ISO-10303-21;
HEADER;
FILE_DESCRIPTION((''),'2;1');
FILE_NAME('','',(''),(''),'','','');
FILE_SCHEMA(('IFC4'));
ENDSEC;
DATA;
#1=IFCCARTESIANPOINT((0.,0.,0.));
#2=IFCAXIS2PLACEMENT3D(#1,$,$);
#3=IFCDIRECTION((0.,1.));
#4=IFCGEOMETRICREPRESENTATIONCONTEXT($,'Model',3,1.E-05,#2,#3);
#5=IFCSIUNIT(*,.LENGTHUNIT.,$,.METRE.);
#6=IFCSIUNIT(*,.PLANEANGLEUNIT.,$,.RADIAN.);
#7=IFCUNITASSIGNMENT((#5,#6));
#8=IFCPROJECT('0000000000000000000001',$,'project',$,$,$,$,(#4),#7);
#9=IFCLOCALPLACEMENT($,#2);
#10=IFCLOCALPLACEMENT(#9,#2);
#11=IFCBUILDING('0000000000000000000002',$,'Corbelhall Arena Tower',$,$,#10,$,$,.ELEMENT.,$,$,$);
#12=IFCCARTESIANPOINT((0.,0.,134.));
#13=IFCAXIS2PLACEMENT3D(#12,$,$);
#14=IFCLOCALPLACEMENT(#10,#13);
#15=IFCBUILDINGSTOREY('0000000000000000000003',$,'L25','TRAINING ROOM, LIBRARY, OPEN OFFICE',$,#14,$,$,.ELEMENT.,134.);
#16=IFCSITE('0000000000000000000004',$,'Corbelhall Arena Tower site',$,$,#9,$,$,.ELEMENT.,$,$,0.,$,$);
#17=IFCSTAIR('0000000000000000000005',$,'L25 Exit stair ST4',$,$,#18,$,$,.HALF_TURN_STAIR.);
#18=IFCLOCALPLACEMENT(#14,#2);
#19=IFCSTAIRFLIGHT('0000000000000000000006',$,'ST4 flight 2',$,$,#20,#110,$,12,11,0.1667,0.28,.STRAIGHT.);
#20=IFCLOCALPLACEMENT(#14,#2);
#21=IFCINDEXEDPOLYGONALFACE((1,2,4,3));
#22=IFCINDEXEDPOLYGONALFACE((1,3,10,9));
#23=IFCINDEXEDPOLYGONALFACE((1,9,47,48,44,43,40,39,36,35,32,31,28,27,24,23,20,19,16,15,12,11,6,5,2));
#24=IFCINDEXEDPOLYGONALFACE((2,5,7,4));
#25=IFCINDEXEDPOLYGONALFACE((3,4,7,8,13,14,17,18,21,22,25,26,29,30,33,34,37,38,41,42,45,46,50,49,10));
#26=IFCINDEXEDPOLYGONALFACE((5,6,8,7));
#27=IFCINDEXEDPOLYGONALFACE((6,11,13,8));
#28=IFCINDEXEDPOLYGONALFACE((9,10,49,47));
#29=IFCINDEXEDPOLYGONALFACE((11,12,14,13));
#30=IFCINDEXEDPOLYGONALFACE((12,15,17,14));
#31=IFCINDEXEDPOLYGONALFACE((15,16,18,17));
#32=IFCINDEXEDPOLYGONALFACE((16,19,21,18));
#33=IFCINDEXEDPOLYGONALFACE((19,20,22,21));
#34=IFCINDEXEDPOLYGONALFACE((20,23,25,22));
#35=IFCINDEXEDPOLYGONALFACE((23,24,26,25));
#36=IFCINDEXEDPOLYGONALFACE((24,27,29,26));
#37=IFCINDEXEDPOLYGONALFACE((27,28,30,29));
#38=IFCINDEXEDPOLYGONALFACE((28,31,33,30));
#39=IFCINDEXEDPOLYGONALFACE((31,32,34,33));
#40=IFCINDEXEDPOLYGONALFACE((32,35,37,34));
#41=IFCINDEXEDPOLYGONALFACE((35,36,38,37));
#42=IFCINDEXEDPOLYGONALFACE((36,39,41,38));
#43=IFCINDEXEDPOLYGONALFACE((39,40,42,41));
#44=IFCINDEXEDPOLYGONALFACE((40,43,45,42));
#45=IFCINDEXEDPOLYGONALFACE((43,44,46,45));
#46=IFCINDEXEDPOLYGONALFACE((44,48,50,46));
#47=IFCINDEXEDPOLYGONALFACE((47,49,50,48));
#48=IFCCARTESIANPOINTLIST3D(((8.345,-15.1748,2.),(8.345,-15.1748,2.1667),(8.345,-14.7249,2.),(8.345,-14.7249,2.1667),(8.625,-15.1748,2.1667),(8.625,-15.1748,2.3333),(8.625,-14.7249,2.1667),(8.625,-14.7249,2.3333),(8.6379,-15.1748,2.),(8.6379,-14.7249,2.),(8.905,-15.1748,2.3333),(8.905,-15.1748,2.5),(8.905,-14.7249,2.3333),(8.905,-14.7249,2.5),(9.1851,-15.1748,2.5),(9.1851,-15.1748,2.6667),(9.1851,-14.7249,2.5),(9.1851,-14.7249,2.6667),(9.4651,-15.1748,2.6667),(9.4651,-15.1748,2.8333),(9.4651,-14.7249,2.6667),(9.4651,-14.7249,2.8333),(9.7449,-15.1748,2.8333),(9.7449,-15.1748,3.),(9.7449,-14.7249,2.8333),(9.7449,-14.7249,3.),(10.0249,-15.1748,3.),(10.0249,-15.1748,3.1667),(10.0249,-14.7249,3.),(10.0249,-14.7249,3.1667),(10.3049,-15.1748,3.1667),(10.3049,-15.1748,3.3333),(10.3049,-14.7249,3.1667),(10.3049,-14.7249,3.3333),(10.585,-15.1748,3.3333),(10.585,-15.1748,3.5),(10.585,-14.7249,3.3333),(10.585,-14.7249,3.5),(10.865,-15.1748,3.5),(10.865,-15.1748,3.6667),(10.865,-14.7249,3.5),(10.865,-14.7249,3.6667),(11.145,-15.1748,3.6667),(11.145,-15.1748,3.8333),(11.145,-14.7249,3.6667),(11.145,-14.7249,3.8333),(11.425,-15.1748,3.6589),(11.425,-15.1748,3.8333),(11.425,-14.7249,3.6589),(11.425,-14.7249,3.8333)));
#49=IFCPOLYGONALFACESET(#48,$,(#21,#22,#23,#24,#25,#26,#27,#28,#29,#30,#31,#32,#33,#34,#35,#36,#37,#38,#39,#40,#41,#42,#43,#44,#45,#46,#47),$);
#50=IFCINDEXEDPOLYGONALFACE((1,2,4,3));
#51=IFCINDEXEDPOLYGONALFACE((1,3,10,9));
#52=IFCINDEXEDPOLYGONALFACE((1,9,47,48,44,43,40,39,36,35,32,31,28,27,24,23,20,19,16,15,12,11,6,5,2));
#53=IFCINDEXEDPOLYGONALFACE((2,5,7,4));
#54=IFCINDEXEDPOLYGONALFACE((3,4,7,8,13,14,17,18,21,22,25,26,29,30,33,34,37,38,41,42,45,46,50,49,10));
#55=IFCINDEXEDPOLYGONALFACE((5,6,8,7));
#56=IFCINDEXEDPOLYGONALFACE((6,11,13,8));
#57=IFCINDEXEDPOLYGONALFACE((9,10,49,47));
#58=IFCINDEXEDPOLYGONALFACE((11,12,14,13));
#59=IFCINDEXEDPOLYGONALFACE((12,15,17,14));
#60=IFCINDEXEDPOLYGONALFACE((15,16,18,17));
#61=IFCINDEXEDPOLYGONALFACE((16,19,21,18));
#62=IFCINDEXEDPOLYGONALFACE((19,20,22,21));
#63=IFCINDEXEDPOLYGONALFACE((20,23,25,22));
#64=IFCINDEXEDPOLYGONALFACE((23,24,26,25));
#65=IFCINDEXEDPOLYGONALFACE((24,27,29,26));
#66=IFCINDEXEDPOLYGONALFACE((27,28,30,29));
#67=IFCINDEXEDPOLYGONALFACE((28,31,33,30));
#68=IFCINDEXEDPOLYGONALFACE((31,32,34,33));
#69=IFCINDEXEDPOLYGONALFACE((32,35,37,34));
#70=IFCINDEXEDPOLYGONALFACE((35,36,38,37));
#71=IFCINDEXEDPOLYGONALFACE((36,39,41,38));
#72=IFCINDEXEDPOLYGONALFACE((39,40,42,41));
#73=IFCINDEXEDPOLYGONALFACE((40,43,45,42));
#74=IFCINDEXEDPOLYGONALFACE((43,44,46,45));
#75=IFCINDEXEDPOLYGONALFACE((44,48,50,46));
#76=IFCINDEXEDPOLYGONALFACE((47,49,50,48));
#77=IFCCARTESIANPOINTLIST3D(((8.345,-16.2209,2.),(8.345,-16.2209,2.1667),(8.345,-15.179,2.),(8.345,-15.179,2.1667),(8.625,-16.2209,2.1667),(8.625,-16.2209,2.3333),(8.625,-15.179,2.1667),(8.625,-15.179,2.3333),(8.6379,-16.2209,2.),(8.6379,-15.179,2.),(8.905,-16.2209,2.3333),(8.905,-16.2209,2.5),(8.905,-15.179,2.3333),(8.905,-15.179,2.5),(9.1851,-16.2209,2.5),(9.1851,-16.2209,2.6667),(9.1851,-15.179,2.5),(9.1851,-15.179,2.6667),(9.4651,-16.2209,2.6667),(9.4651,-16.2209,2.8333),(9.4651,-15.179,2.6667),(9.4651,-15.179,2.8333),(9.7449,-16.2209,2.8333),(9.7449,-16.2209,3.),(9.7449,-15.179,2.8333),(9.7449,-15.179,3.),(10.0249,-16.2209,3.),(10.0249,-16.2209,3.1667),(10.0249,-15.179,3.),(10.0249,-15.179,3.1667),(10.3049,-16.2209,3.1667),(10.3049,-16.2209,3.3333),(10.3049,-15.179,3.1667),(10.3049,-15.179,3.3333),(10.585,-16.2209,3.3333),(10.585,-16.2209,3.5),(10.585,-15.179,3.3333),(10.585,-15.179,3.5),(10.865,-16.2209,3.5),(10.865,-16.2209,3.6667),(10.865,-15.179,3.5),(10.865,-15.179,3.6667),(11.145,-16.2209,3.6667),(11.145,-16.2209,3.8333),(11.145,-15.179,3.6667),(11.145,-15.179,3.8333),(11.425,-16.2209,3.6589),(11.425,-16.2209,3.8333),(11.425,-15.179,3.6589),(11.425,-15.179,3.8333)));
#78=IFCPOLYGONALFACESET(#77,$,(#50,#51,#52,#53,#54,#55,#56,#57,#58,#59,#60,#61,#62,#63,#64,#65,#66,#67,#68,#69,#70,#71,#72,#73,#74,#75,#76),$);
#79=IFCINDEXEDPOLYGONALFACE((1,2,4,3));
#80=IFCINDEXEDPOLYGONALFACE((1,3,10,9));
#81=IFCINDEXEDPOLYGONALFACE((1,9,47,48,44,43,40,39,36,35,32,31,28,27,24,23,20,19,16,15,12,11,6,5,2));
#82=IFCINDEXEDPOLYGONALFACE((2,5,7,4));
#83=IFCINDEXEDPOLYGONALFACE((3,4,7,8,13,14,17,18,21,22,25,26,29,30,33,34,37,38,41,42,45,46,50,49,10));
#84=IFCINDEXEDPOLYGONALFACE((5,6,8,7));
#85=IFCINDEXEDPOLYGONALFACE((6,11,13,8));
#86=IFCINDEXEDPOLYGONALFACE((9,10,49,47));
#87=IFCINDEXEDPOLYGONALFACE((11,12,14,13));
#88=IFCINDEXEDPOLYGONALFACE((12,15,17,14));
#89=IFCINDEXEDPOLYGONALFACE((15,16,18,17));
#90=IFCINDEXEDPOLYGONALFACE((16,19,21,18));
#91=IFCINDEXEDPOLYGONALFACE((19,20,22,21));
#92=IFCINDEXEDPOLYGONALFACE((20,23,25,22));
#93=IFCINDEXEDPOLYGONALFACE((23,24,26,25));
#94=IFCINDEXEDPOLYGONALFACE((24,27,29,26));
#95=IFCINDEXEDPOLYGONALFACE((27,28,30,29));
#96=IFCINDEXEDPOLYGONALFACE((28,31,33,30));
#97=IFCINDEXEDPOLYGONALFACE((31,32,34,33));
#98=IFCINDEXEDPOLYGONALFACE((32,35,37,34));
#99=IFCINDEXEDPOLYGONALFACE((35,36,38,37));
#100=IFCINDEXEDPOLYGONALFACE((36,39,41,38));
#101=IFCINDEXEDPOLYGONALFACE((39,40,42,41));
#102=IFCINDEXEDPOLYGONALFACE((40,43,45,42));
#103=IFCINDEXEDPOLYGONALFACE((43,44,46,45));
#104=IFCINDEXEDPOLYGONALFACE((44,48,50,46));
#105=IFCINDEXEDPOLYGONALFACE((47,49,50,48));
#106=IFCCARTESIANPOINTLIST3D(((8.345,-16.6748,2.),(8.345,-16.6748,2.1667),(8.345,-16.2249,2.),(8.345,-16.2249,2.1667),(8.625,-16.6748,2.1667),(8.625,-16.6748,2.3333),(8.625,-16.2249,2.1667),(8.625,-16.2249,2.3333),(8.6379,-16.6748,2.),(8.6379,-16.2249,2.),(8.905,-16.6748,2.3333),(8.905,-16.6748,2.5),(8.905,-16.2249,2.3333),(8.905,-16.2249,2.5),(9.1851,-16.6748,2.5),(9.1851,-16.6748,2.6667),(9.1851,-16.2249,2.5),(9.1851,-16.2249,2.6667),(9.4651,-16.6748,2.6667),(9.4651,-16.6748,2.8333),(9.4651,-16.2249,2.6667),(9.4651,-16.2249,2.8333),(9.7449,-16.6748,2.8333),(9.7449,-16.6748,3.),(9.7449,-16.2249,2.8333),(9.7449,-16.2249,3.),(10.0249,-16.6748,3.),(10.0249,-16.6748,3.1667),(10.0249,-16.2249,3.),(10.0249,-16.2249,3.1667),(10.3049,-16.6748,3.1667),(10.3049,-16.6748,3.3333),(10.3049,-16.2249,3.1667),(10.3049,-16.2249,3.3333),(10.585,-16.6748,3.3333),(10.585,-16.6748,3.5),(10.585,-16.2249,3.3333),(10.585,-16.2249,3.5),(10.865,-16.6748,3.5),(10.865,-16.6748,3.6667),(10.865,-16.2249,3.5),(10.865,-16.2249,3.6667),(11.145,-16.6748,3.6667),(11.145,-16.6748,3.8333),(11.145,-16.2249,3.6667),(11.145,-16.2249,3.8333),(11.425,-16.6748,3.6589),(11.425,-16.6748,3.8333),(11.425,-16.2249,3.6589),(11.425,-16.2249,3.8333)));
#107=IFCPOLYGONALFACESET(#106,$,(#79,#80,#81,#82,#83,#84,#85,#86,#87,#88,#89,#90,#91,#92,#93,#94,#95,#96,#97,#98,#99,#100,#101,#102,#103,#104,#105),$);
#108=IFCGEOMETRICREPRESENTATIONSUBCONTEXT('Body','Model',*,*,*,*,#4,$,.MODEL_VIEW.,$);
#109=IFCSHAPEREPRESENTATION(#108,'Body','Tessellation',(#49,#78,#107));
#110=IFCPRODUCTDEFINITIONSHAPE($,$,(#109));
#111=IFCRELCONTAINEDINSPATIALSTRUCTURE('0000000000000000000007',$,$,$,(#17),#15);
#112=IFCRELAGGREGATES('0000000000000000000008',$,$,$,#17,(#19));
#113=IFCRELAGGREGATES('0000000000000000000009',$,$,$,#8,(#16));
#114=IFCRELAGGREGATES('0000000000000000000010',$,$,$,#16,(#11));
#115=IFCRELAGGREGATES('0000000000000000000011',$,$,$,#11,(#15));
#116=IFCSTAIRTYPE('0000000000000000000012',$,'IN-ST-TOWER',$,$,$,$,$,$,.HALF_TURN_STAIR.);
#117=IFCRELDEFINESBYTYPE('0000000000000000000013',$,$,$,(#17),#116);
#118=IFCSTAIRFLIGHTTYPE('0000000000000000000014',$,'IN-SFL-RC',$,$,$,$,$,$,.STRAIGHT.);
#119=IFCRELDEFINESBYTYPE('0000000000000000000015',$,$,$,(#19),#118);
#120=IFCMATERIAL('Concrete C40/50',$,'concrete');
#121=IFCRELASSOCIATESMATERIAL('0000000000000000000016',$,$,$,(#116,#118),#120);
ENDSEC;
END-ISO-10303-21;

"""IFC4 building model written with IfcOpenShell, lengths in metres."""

from ifc_helpers import new_model, si_unit, direction, frame, origin, place, context, subcontext, project, spatial, polyline, outline, extrude, material, type_object, element, aggregate, save


model = new_model("IFC4")

# Units and contexts
model_context = context("Model", 3, precision=1e-05, world=origin(), true_north=direction((0.0, 1.0)))
body_context = subcontext(model_context, "Body", "Model", "MODEL_VIEW")
ifc_project = project(units=[si_unit("LENGTHUNIT", "METRE"), si_unit("PLANEANGLEUNIT", "RADIAN")], contexts=[model_context])

# Site, building, storey
site_placement = place(None, origin())
site = spatial("IfcSite", under=ifc_project, at=site_placement, Name="Corbelhall Arena Tower site", CompositionType="ELEMENT", RefElevation=0.0)
building_placement = place(site_placement, origin())
building = spatial("IfcBuilding", under=site, at=building_placement, Name="Corbelhall Arena Tower", CompositionType="ELEMENT")
storey_placement = place(building_placement, frame((0.0, 0.0, 134.0)))
storey = spatial("IfcBuildingStorey", under=building, at=storey_placement, Name="L25", Description="TRAINING ROOM, LIBRARY, OPEN OFFICE", CompositionType="ELEMENT", Elevation=134.0)

# Shared definitions
ifc_material_1 = material(Name="Concrete C40/50", Category="concrete")

# Stair, stair flight
stair_type = type_object("IfcStairType", Name="IN-ST-TOWER", PredefinedType="HALF_TURN_STAIR", material=ifc_material_1)
stair_placement = place(storey_placement, origin())
stair = element("IfcStair", 1, at=stair_placement, inside=storey, type_object=stair_type, Name="L25 Exit stair ST4", PredefinedType="HALF_TURN_STAIR")
stair_flight_type = type_object("IfcStairFlightType", Name="IN-SFL-RC", PredefinedType="STRAIGHT", material=ifc_material_1)
stair_flight_1_placement = place(storey_placement, frame((8.345, -15.7, 2.0), z_axis=(0.0, 0.0, 1.0), x_axis=(1.0, 0.0, 0.0)))
stair_flight_1 = element("IfcStairFlight", 2, at=stair_flight_1_placement, type_object=stair_flight_type, Name="ST4 flight 2", NumberOfRisers=12, NumberOfTreads=11, PredefinedType="STRAIGHT", RiserHeight=0.1667, TreadLength=0.28, context=body_context, shape_type="SweptSolid", body=[
    extrude(outline(polyline([(0.0, 0.0), (0.0, 0.1667), (0.28, 0.1667), (0.28, 0.3333), (0.5601, 0.3333), (0.5601, 0.5), (0.8401, 0.5), (0.8401, 0.6667), (1.1201, 0.6667), (1.1201, 0.8333), (1.3999, 0.8333), (1.3999, 1.0), (1.6799, 1.0), (1.6799, 1.1667), (1.96, 1.1667), (1.96, 1.3333), (2.24, 1.3333), (2.24, 1.5), (2.52, 1.5), (2.52, 1.6667), (2.8, 1.6667), (2.8, 1.8333), (3.0801, 1.8333), (3.0801, 2.0), (3.0801, 1.6589), (0.293, 0.0), (0.0, 0.0)])), frame((0.0, 0.9751, 0.0), z_axis=(0.0, -1.0, 0.0), x_axis=(1.0, 0.0, 0.0)), (0.0, 0.0, 1.0), 0.45),
    extrude(outline(polyline([(0.0, 0.0), (0.0, 0.1667), (0.28, 0.1667), (0.28, 0.3333), (0.5601, 0.3333), (0.5601, 0.5), (0.8401, 0.5), (0.8401, 0.6667), (1.1201, 0.6667), (1.1201, 0.8333), (1.3999, 0.8333), (1.3999, 1.0), (1.6799, 1.0), (1.6799, 1.1667), (1.96, 1.1667), (1.96, 1.3333), (2.24, 1.3333), (2.24, 1.5), (2.52, 1.5), (2.52, 1.6667), (2.8, 1.6667), (2.8, 1.8333), (3.0801, 1.8333), (3.0801, 2.0), (3.0801, 1.6589), (0.293, 0.0), (0.0, 0.0)])), frame((0.0, 0.521, 0.0), z_axis=(0.0, -1.0, 0.0), x_axis=(1.0, 0.0, 0.0)), (0.0, 0.0, 1.0), 1.042),
    extrude(outline(polyline([(0.0, 0.0), (0.0, 0.1667), (0.28, 0.1667), (0.28, 0.3333), (0.5601, 0.3333), (0.5601, 0.5), (0.8401, 0.5), (0.8401, 0.6667), (1.1201, 0.6667), (1.1201, 0.8333), (1.3999, 0.8333), (1.3999, 1.0), (1.6799, 1.0), (1.6799, 1.1667), (1.96, 1.1667), (1.96, 1.3333), (2.24, 1.3333), (2.24, 1.5), (2.52, 1.5), (2.52, 1.6667), (2.8, 1.6667), (2.8, 1.8333), (3.0801, 1.8333), (3.0801, 2.0), (3.0801, 1.6589), (0.293, 0.0), (0.0, 0.0)])), frame((0.0, -0.5249, 0.0), z_axis=(0.0, -1.0, 0.0), x_axis=(1.0, 0.0, 0.0)), (0.0, 0.0, 1.0), 0.45),
])
aggregate(stair, [stair_flight_1])

save(model, "model.ifc")
